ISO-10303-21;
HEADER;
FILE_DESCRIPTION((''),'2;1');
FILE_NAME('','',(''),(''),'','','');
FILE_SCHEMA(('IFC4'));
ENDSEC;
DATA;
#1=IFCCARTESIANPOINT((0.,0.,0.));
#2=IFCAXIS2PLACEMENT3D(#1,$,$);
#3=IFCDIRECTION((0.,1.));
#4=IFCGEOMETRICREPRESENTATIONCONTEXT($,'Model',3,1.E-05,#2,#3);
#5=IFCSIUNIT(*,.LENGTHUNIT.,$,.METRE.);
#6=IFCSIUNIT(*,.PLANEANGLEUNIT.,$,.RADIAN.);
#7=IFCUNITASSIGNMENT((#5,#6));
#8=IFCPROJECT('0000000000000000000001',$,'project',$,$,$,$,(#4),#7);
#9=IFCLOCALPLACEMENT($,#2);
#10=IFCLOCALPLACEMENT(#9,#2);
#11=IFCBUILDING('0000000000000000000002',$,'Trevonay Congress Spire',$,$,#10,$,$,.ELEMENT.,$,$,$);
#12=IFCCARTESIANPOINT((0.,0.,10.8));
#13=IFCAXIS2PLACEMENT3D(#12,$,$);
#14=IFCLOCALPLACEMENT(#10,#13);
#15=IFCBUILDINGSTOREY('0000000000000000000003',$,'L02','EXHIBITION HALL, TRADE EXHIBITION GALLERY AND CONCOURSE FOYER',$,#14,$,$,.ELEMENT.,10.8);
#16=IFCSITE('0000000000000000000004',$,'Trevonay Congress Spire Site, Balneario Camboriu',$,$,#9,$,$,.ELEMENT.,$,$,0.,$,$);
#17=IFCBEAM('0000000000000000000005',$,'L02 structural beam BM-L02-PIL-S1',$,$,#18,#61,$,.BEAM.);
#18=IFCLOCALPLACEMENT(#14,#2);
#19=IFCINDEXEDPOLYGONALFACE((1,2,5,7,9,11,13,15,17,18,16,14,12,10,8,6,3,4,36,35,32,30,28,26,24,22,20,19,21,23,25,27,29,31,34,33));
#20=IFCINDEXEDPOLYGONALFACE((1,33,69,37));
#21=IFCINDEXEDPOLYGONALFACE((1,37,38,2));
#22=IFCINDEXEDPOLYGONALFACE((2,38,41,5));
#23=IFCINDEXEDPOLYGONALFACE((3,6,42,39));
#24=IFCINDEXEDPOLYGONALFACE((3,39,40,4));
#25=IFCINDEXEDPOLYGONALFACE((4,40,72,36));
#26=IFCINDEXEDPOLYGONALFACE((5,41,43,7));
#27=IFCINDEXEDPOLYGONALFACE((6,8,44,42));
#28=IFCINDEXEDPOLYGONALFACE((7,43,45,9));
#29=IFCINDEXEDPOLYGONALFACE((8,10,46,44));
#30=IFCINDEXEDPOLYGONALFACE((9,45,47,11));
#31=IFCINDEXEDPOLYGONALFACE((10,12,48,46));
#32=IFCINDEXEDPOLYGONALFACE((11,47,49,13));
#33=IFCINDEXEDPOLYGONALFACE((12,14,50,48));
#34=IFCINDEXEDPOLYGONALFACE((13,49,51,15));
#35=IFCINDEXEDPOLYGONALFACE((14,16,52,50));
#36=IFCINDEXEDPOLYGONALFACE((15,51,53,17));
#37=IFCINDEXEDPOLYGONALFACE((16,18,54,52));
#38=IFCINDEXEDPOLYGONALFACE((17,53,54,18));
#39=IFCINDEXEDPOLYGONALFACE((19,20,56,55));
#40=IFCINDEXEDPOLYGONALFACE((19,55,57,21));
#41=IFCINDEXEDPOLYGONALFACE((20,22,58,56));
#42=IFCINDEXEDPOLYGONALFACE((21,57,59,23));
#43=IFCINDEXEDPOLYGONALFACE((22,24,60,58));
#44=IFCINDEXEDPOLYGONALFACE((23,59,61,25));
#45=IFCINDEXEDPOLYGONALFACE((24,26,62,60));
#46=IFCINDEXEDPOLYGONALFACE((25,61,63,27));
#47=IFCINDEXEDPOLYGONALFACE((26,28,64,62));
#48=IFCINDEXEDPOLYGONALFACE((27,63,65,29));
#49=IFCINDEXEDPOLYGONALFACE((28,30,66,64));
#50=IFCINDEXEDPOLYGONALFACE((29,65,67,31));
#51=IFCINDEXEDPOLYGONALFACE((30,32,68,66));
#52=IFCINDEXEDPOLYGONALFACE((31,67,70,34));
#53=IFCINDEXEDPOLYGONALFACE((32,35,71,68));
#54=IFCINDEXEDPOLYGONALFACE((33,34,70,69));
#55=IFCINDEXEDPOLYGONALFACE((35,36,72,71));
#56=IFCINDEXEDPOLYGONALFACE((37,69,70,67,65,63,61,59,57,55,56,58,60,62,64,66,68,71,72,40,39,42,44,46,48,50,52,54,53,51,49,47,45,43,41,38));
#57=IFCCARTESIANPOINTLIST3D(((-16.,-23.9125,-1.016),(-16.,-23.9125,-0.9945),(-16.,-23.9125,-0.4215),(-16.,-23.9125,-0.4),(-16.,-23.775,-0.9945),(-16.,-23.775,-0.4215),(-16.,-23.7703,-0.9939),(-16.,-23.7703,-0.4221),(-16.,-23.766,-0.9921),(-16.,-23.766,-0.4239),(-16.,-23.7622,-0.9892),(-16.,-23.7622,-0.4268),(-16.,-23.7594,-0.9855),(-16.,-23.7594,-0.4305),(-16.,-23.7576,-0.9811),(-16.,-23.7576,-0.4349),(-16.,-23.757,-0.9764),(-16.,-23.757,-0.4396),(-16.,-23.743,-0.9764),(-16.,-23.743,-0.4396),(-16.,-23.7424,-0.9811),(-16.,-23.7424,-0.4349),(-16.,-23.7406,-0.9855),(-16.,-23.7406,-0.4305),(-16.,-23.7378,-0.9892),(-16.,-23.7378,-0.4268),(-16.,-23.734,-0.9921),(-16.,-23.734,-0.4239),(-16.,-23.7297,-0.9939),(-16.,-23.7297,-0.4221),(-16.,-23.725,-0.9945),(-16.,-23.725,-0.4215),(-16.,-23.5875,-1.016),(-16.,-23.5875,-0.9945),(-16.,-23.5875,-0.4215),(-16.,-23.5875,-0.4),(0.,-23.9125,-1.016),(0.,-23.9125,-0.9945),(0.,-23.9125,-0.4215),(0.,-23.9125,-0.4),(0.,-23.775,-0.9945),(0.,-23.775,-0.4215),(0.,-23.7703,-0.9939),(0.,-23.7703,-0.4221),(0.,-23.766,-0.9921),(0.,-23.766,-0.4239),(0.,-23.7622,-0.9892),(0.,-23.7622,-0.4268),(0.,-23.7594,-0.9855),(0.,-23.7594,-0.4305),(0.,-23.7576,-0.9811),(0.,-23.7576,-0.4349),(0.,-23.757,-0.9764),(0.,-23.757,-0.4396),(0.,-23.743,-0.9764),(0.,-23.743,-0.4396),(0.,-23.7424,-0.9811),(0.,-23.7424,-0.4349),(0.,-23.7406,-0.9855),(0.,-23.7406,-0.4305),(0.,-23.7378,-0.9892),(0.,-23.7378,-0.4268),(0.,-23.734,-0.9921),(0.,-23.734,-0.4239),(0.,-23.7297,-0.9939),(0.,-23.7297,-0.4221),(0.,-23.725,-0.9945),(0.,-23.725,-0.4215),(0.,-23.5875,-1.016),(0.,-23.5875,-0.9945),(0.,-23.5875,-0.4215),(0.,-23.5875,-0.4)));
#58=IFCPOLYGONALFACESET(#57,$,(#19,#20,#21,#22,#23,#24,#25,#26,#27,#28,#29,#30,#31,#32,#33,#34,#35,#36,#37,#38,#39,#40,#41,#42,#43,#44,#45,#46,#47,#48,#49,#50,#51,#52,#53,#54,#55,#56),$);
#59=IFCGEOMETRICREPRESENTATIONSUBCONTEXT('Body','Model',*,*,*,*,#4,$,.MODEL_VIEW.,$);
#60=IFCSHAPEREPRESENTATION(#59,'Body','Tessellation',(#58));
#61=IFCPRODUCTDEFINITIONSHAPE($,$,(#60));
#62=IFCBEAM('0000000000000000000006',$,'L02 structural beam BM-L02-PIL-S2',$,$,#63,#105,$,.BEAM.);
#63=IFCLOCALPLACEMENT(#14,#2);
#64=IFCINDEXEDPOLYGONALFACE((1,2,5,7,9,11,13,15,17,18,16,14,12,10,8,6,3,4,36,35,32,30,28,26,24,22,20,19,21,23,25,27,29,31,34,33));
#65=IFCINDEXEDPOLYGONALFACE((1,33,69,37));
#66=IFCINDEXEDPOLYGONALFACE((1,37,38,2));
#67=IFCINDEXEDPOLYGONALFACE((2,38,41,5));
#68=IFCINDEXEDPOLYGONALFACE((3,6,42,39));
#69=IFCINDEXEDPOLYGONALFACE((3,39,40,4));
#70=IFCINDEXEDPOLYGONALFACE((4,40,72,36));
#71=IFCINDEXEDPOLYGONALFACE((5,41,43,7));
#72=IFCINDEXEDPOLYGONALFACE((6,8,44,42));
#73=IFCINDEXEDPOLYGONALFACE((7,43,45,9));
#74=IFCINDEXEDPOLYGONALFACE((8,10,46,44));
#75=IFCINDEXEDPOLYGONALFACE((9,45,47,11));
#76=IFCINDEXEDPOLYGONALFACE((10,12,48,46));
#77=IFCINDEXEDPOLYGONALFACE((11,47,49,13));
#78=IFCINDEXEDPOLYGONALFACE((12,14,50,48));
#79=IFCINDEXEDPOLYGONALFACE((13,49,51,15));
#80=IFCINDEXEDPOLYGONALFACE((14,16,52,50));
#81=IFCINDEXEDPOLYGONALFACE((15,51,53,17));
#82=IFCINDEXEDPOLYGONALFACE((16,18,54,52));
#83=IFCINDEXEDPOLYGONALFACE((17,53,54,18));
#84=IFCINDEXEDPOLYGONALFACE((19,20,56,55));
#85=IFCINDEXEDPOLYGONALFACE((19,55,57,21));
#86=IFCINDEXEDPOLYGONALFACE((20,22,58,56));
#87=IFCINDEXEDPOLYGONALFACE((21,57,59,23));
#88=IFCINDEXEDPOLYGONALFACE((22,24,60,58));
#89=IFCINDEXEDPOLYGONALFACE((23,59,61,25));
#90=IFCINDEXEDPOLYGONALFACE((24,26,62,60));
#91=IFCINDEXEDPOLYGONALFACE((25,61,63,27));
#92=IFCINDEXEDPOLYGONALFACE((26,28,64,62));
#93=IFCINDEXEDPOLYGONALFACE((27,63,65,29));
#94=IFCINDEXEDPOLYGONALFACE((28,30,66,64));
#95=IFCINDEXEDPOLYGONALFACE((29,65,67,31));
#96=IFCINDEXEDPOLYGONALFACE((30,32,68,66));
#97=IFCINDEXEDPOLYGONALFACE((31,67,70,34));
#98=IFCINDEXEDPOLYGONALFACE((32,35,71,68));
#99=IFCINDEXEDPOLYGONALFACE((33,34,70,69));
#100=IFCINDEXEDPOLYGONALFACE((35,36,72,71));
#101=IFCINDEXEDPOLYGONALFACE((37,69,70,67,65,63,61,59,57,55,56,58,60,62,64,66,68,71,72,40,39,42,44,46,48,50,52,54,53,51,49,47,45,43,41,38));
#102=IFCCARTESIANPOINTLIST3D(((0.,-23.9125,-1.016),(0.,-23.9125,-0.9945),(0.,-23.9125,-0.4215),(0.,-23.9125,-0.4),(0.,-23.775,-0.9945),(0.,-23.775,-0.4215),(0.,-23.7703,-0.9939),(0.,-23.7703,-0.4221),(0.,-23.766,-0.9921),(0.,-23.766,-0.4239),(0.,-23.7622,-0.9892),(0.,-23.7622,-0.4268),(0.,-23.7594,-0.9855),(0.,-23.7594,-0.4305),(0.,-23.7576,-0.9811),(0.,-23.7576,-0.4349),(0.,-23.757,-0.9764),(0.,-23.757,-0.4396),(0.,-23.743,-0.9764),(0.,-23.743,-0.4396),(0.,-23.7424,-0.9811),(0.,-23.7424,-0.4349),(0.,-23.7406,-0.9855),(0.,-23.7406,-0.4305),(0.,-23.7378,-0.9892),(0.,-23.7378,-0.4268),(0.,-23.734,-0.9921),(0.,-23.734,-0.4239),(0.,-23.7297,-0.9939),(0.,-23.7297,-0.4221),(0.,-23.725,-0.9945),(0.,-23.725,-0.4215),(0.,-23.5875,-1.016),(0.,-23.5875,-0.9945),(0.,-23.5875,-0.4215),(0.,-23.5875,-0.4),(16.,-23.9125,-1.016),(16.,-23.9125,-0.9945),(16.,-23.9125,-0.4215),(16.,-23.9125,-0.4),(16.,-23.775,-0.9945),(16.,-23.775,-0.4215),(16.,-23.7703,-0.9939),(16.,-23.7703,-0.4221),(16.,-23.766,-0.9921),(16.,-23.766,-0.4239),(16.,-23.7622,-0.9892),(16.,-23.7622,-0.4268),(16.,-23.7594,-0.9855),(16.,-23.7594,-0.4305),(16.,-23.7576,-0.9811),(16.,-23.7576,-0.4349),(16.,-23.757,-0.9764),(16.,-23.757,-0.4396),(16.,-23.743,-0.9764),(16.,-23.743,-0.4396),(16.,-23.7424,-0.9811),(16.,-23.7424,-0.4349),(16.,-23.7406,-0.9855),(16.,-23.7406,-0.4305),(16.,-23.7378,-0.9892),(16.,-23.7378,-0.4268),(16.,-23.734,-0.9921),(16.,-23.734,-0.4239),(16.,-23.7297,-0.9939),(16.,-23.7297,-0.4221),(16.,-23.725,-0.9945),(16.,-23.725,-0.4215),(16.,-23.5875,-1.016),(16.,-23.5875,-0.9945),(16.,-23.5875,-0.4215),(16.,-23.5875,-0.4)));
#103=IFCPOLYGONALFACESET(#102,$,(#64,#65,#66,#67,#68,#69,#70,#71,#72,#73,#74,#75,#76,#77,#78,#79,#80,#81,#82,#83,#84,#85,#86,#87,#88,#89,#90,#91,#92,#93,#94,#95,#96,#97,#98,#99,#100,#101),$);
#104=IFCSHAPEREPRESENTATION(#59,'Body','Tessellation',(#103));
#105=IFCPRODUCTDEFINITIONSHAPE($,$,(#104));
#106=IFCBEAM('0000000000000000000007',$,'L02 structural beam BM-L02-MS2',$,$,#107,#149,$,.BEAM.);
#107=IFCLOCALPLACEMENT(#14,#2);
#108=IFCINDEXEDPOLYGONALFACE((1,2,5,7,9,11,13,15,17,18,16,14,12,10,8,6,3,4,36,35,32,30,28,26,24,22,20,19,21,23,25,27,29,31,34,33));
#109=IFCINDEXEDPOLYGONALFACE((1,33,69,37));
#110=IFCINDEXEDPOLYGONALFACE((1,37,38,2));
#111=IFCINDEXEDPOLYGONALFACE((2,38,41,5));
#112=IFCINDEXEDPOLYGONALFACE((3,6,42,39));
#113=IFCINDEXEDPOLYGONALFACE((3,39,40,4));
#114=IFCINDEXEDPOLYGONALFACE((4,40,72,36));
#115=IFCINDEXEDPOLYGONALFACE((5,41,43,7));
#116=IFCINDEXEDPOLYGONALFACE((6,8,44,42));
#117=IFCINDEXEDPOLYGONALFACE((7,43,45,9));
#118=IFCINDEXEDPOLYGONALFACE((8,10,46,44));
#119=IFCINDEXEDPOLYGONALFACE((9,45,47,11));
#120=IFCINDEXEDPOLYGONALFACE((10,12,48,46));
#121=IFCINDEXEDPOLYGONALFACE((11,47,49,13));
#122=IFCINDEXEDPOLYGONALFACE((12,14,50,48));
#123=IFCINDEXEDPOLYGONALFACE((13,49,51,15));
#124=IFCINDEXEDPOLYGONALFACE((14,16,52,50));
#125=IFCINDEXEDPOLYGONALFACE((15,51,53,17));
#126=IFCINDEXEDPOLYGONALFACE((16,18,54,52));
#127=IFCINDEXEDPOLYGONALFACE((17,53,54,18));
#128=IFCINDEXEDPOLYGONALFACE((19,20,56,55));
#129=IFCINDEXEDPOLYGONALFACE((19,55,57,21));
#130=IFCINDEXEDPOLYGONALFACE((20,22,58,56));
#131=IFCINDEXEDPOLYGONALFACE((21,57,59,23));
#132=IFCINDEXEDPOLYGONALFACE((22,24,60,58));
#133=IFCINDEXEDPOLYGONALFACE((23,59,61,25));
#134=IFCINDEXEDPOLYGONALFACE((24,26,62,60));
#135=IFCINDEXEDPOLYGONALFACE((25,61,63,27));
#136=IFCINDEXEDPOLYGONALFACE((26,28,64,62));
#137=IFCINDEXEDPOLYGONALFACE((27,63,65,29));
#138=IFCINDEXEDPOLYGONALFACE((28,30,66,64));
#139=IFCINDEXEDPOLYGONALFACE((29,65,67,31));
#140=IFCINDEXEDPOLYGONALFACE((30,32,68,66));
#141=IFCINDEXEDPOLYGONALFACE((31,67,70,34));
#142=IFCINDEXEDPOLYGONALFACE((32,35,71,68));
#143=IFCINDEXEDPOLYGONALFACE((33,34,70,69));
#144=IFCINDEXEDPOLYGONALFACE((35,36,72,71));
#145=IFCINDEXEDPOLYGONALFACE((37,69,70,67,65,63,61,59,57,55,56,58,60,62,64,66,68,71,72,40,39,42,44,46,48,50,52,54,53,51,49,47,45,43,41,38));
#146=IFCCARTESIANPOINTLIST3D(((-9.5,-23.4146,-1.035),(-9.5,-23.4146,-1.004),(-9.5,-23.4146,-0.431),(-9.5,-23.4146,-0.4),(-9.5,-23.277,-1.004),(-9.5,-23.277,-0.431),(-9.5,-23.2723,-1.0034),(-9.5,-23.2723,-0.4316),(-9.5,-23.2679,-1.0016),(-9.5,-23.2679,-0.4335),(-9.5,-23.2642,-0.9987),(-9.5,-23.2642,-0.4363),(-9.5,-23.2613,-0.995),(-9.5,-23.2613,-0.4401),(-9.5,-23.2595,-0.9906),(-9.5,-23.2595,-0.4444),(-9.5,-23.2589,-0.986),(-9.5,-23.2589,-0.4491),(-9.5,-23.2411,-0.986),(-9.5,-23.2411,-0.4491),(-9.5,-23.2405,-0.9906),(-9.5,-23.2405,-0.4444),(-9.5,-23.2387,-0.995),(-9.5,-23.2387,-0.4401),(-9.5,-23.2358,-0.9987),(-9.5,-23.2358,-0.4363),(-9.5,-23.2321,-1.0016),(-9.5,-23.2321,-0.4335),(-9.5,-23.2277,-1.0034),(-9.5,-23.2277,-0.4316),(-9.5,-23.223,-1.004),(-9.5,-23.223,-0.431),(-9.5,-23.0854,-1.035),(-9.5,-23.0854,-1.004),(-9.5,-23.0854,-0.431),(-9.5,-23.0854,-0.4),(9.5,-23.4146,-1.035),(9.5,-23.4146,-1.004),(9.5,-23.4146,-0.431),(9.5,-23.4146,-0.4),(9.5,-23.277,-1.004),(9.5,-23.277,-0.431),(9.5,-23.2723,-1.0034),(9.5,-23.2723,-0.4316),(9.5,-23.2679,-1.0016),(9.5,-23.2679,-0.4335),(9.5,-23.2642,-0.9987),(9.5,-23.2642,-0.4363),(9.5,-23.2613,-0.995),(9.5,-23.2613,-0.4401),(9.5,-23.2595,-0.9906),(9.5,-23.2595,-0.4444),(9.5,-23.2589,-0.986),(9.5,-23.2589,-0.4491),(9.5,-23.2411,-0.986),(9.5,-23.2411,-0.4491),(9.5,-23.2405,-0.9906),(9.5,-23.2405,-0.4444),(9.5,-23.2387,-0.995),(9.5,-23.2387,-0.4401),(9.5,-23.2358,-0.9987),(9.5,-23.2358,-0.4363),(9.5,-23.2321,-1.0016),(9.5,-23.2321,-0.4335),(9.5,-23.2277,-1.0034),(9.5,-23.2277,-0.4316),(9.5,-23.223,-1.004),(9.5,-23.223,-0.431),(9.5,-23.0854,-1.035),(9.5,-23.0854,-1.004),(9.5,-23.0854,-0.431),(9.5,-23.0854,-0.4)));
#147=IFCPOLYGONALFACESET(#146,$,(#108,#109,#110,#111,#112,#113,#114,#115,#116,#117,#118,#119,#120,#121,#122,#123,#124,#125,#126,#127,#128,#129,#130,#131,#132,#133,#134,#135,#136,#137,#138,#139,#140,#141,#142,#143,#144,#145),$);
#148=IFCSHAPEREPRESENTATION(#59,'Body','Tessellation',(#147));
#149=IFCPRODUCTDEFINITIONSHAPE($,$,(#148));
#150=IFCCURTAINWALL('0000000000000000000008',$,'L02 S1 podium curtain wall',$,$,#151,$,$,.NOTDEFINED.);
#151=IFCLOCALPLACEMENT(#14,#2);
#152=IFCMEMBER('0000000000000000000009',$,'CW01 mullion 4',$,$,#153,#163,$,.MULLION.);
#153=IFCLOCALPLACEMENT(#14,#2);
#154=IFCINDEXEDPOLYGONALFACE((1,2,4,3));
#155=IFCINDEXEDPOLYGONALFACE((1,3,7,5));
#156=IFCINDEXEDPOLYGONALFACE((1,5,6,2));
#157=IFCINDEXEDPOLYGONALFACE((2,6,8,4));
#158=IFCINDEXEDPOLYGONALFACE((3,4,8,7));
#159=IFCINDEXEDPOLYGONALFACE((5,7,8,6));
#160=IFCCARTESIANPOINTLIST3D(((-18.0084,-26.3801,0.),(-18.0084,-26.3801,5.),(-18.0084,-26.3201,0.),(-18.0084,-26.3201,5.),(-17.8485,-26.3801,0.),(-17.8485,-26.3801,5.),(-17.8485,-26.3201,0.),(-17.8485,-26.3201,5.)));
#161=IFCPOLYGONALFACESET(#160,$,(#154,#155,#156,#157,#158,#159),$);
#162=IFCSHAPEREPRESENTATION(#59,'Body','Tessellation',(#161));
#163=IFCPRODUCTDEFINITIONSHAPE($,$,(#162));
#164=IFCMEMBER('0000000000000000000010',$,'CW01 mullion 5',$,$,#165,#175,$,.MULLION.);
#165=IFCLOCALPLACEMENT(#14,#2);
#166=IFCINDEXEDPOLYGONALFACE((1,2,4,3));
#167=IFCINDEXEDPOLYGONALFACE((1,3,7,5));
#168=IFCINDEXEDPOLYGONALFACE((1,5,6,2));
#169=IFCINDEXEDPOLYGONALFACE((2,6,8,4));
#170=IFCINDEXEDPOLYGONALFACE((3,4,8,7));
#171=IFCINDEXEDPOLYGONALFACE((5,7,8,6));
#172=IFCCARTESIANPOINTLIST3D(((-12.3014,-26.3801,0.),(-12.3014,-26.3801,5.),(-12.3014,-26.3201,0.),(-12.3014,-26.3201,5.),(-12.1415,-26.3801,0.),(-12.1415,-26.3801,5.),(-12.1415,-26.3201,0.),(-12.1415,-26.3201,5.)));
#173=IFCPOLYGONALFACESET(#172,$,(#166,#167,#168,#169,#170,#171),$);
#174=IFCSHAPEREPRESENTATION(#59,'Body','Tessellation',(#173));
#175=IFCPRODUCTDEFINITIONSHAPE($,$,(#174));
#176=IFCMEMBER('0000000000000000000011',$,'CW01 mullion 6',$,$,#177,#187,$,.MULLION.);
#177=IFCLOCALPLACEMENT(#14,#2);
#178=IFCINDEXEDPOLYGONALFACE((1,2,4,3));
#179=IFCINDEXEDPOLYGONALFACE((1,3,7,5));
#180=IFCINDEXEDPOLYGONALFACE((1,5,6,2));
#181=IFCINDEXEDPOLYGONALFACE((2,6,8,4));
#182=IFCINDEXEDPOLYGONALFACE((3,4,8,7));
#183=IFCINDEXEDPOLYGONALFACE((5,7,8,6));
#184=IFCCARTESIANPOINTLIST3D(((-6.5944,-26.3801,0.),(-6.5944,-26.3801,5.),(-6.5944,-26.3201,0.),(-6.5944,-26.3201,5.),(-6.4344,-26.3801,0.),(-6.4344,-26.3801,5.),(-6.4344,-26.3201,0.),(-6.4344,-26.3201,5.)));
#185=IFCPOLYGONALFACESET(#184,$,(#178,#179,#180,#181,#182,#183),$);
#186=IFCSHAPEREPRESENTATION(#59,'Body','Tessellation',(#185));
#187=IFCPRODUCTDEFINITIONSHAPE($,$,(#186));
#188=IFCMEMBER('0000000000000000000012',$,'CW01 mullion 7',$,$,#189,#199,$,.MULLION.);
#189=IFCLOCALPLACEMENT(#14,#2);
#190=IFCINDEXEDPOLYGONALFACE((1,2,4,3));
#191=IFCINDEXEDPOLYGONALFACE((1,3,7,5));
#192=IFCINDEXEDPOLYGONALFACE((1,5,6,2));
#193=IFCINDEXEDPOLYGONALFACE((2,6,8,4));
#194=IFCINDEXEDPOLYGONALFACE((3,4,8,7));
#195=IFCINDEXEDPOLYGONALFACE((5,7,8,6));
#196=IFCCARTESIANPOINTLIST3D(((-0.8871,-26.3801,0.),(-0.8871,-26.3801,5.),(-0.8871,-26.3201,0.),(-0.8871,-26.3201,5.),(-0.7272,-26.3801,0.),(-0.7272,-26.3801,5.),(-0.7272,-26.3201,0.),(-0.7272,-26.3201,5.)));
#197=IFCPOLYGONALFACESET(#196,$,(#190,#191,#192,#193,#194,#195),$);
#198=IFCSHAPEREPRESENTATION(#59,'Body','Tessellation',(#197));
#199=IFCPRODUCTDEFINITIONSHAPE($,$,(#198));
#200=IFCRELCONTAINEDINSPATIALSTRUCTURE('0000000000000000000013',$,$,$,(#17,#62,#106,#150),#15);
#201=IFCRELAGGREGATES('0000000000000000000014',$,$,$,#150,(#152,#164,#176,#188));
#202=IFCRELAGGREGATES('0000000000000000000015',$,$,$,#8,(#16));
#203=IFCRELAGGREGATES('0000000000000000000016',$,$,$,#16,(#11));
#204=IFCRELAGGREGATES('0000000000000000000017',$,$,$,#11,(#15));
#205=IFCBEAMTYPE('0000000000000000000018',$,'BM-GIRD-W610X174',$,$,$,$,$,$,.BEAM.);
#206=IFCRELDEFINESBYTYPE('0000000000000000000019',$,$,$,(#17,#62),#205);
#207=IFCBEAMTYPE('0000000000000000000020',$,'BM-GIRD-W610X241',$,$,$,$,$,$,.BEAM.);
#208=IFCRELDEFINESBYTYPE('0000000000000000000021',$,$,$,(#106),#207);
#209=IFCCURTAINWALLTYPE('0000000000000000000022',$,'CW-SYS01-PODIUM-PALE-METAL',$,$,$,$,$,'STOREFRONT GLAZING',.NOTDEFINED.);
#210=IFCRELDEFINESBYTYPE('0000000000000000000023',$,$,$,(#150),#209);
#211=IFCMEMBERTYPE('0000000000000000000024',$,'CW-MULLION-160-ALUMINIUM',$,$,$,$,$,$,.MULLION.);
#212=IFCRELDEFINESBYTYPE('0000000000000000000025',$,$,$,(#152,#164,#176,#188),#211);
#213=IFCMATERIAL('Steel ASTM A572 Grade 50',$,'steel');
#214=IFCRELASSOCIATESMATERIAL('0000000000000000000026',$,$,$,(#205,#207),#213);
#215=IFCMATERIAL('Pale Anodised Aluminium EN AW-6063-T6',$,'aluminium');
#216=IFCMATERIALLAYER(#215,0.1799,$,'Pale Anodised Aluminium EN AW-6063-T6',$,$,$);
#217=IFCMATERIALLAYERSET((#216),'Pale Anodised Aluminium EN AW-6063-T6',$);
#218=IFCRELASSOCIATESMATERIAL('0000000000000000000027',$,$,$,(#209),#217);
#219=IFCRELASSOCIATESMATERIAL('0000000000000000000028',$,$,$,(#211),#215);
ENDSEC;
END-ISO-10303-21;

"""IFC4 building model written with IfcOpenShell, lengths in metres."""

from ifc_helpers import new_model, si_unit, direction, frame, origin, origin_2d, place, context, subcontext, project, spatial, rectangle, i_section, extrude, material, layer, layer_set, material_profile, profile_set, type_object, element, aggregate, save


model = new_model("IFC4")

# Units and contexts
model_context = context("Model", 3, precision=1e-05, world=origin(), true_north=direction((0.0, 1.0)))
body_context = subcontext(model_context, "Body", "Model", "MODEL_VIEW")
ifc_project = project(units=[si_unit("LENGTHUNIT", "METRE"), si_unit("PLANEANGLEUNIT", "RADIAN")], contexts=[model_context])

# Site, building, storey
site_placement = place(None, origin())
site = spatial("IfcSite", under=ifc_project, at=site_placement, Name="Trevonay Congress Spire Site, Balneario Camboriu", CompositionType="ELEMENT", RefElevation=0.0)
building_placement = place(site_placement, origin())
building = spatial("IfcBuilding", under=site, at=building_placement, Name="Trevonay Congress Spire", CompositionType="ELEMENT")
storey_placement = place(building_placement, frame((0.0, 0.0, 10.8)))
storey = spatial("IfcBuildingStorey", under=building, at=storey_placement, Name="L02", Description="EXHIBITION HALL, TRADE EXHIBITION GALLERY AND CONCOURSE FOYER", CompositionType="ELEMENT", Elevation=10.8)

# Shared definitions
ifc_material_1 = material(Name="Steel ASTM A572 Grade 50", Category="steel")

# Beams
ifc_material_profile_1 = material_profile(ifc_material_1, i_section(OverallWidth=0.325, OverallDepth=0.616, WebThickness=0.0139, FlangeThickness=0.0215, FilletRadius=0.0181, at=origin_2d()), Name="W610x174")
ifc_profile_set_1 = profile_set([ifc_material_profile_1], Name="Steel ASTM A572 Grade 50")
beam_type_1 = type_object("IfcBeamType", Name="BM-GIRD-W610X174", PredefinedType="BEAM", material=ifc_profile_set_1)
for number, where, z_axis, x_axis, name in (
    (1, (-16.0, -23.75, -0.708), (1.0, 0.0, 0.0), (0.0, 1.0, 0.0), "L02 structural beam BM-L02-PIL-S1"),
    (2, (0.0, -23.75, -0.708), (1.0, 0.0, 0.0), (0.0, 1.0, 0.0), "L02 structural beam BM-L02-PIL-S2"),
):
    element("IfcBeam", number, at=place(storey_placement, frame(where, z_axis=z_axis, x_axis=x_axis)), inside=storey, type_object=beam_type_1, Name=name, PredefinedType="BEAM", context=body_context, shape_type="SweptSolid", body=[
        extrude(i_section(OverallWidth=0.325, OverallDepth=0.616, WebThickness=0.0139, FlangeThickness=0.0215, FilletRadius=0.0181, at=origin_2d()), origin(), (0.0, 0.0, 1.0), 16.0),
    ])
ifc_material_profile_2 = material_profile(ifc_material_1, i_section(OverallWidth=0.3291, OverallDepth=0.635, WebThickness=0.0178, FlangeThickness=0.031, FilletRadius=0.0181, at=origin_2d()), Name="W610x241")
ifc_profile_set_2 = profile_set([ifc_material_profile_2], Name="Steel ASTM A572 Grade 50")
beam_type_2 = type_object("IfcBeamType", Name="BM-GIRD-W610X241", PredefinedType="BEAM", material=ifc_profile_set_2)
beam_1_placement = place(storey_placement, frame((-9.5, -23.25, -0.7175), z_axis=(1.0, 0.0, 0.0), x_axis=(0.0, 1.0, 0.0)))
element("IfcBeam", 3, at=beam_1_placement, inside=storey, type_object=beam_type_2, Name="L02 structural beam BM-L02-MS2", PredefinedType="BEAM", context=body_context, shape_type="SweptSolid", body=[
    extrude(i_section(OverallWidth=0.3291, OverallDepth=0.635, WebThickness=0.0178, FlangeThickness=0.031, FilletRadius=0.0181, at=origin_2d()), origin(), (0.0, 0.0, 1.0), 19.0),
])

# Curtain wall, members
ifc_material_2 = material(Name="Pale Anodised Aluminium EN AW-6063-T6", Category="aluminium")
ifc_layer_1 = layer(ifc_material_2, 0.1799, Name="Pale Anodised Aluminium EN AW-6063-T6")
ifc_layer_set_1 = layer_set([ifc_layer_1], Name="Pale Anodised Aluminium EN AW-6063-T6")
curtain_wall_type = type_object("IfcCurtainWallType", Name="CW-SYS01-PODIUM-PALE-METAL", ElementType="STOREFRONT GLAZING", PredefinedType="NOTDEFINED", material=ifc_layer_set_1)
curtain_wall_placement = place(storey_placement, origin())
curtain_wall = element("IfcCurtainWall", 4, at=curtain_wall_placement, inside=storey, type_object=curtain_wall_type, Name="L02 S1 podium curtain wall", PredefinedType="NOTDEFINED")
ifc_material_profile_3 = material_profile(ifc_material_2, rectangle(XDim=0.0601, YDim=0.1599, at=origin_2d()), Name="CW-MULLION-160-ALUMINIUM")
ifc_profile_set_3 = profile_set([ifc_material_profile_3], Name="Pale Anodised Aluminium EN AW-6063-T6")
member_type_1 = type_object("IfcMemberType", Name="CW-MULLION-160-ALUMINIUM", PredefinedType="MULLION", material=ifc_profile_set_3)
member_1_placement = place(storey_placement, frame((-17.9285, -26.3501, 0.0), z_axis=(0.0, 0.0, 1.0), x_axis=(0.0, 1.0, 0.0)))
member_1 = element("IfcMember", 5, at=member_1_placement, type_object=member_type_1, Name="CW01 mullion 4", PredefinedType="MULLION", context=body_context, shape_type="SweptSolid", body=[
    extrude(rectangle(XDim=0.0601, YDim=0.1599, at=origin_2d()), origin(), (0.0, 0.0, 1.0), 5.0),
])
member_2_placement = place(storey_placement, frame((-12.2214, -26.3501, 0.0), z_axis=(0.0, 0.0, 1.0), x_axis=(0.0, 1.0, 0.0)))
member_2 = element("IfcMember", 6, at=member_2_placement, type_object=member_type_1, Name="CW01 mullion 5", PredefinedType="MULLION", context=body_context, shape_type="SweptSolid", body=[
    extrude(rectangle(XDim=0.0601, YDim=0.1599, at=origin_2d()), origin(), (0.0, 0.0, 1.0), 5.0),
])
member_3_placement = place(storey_placement, frame((-6.5144, -26.3501, 0.0), z_axis=(0.0, 0.0, 1.0), x_axis=(0.0, 1.0, 0.0)))
member_3 = element("IfcMember", 7, at=member_3_placement, type_object=member_type_1, Name="CW01 mullion 6", PredefinedType="MULLION", context=body_context, shape_type="SweptSolid", body=[
    extrude(rectangle(XDim=0.0601, YDim=0.1599, at=origin_2d()), origin(), (0.0, 0.0, 1.0), 5.0),
])
member_4_placement = place(storey_placement, frame((-0.8071, -26.3501, 0.0), z_axis=(0.0, 0.0, 1.0), x_axis=(0.0, 1.0, 0.0)))
member_4 = element("IfcMember", 8, at=member_4_placement, type_object=member_type_1, Name="CW01 mullion 7", PredefinedType="MULLION", context=body_context, shape_type="SweptSolid", body=[
    extrude(rectangle(XDim=0.0601, YDim=0.1599, at=origin_2d()), origin(), (0.0, 0.0, 1.0), 5.0),
])

aggregate(curtain_wall, [member_1, member_2, member_3, member_4])

save(model, "model.ifc")
